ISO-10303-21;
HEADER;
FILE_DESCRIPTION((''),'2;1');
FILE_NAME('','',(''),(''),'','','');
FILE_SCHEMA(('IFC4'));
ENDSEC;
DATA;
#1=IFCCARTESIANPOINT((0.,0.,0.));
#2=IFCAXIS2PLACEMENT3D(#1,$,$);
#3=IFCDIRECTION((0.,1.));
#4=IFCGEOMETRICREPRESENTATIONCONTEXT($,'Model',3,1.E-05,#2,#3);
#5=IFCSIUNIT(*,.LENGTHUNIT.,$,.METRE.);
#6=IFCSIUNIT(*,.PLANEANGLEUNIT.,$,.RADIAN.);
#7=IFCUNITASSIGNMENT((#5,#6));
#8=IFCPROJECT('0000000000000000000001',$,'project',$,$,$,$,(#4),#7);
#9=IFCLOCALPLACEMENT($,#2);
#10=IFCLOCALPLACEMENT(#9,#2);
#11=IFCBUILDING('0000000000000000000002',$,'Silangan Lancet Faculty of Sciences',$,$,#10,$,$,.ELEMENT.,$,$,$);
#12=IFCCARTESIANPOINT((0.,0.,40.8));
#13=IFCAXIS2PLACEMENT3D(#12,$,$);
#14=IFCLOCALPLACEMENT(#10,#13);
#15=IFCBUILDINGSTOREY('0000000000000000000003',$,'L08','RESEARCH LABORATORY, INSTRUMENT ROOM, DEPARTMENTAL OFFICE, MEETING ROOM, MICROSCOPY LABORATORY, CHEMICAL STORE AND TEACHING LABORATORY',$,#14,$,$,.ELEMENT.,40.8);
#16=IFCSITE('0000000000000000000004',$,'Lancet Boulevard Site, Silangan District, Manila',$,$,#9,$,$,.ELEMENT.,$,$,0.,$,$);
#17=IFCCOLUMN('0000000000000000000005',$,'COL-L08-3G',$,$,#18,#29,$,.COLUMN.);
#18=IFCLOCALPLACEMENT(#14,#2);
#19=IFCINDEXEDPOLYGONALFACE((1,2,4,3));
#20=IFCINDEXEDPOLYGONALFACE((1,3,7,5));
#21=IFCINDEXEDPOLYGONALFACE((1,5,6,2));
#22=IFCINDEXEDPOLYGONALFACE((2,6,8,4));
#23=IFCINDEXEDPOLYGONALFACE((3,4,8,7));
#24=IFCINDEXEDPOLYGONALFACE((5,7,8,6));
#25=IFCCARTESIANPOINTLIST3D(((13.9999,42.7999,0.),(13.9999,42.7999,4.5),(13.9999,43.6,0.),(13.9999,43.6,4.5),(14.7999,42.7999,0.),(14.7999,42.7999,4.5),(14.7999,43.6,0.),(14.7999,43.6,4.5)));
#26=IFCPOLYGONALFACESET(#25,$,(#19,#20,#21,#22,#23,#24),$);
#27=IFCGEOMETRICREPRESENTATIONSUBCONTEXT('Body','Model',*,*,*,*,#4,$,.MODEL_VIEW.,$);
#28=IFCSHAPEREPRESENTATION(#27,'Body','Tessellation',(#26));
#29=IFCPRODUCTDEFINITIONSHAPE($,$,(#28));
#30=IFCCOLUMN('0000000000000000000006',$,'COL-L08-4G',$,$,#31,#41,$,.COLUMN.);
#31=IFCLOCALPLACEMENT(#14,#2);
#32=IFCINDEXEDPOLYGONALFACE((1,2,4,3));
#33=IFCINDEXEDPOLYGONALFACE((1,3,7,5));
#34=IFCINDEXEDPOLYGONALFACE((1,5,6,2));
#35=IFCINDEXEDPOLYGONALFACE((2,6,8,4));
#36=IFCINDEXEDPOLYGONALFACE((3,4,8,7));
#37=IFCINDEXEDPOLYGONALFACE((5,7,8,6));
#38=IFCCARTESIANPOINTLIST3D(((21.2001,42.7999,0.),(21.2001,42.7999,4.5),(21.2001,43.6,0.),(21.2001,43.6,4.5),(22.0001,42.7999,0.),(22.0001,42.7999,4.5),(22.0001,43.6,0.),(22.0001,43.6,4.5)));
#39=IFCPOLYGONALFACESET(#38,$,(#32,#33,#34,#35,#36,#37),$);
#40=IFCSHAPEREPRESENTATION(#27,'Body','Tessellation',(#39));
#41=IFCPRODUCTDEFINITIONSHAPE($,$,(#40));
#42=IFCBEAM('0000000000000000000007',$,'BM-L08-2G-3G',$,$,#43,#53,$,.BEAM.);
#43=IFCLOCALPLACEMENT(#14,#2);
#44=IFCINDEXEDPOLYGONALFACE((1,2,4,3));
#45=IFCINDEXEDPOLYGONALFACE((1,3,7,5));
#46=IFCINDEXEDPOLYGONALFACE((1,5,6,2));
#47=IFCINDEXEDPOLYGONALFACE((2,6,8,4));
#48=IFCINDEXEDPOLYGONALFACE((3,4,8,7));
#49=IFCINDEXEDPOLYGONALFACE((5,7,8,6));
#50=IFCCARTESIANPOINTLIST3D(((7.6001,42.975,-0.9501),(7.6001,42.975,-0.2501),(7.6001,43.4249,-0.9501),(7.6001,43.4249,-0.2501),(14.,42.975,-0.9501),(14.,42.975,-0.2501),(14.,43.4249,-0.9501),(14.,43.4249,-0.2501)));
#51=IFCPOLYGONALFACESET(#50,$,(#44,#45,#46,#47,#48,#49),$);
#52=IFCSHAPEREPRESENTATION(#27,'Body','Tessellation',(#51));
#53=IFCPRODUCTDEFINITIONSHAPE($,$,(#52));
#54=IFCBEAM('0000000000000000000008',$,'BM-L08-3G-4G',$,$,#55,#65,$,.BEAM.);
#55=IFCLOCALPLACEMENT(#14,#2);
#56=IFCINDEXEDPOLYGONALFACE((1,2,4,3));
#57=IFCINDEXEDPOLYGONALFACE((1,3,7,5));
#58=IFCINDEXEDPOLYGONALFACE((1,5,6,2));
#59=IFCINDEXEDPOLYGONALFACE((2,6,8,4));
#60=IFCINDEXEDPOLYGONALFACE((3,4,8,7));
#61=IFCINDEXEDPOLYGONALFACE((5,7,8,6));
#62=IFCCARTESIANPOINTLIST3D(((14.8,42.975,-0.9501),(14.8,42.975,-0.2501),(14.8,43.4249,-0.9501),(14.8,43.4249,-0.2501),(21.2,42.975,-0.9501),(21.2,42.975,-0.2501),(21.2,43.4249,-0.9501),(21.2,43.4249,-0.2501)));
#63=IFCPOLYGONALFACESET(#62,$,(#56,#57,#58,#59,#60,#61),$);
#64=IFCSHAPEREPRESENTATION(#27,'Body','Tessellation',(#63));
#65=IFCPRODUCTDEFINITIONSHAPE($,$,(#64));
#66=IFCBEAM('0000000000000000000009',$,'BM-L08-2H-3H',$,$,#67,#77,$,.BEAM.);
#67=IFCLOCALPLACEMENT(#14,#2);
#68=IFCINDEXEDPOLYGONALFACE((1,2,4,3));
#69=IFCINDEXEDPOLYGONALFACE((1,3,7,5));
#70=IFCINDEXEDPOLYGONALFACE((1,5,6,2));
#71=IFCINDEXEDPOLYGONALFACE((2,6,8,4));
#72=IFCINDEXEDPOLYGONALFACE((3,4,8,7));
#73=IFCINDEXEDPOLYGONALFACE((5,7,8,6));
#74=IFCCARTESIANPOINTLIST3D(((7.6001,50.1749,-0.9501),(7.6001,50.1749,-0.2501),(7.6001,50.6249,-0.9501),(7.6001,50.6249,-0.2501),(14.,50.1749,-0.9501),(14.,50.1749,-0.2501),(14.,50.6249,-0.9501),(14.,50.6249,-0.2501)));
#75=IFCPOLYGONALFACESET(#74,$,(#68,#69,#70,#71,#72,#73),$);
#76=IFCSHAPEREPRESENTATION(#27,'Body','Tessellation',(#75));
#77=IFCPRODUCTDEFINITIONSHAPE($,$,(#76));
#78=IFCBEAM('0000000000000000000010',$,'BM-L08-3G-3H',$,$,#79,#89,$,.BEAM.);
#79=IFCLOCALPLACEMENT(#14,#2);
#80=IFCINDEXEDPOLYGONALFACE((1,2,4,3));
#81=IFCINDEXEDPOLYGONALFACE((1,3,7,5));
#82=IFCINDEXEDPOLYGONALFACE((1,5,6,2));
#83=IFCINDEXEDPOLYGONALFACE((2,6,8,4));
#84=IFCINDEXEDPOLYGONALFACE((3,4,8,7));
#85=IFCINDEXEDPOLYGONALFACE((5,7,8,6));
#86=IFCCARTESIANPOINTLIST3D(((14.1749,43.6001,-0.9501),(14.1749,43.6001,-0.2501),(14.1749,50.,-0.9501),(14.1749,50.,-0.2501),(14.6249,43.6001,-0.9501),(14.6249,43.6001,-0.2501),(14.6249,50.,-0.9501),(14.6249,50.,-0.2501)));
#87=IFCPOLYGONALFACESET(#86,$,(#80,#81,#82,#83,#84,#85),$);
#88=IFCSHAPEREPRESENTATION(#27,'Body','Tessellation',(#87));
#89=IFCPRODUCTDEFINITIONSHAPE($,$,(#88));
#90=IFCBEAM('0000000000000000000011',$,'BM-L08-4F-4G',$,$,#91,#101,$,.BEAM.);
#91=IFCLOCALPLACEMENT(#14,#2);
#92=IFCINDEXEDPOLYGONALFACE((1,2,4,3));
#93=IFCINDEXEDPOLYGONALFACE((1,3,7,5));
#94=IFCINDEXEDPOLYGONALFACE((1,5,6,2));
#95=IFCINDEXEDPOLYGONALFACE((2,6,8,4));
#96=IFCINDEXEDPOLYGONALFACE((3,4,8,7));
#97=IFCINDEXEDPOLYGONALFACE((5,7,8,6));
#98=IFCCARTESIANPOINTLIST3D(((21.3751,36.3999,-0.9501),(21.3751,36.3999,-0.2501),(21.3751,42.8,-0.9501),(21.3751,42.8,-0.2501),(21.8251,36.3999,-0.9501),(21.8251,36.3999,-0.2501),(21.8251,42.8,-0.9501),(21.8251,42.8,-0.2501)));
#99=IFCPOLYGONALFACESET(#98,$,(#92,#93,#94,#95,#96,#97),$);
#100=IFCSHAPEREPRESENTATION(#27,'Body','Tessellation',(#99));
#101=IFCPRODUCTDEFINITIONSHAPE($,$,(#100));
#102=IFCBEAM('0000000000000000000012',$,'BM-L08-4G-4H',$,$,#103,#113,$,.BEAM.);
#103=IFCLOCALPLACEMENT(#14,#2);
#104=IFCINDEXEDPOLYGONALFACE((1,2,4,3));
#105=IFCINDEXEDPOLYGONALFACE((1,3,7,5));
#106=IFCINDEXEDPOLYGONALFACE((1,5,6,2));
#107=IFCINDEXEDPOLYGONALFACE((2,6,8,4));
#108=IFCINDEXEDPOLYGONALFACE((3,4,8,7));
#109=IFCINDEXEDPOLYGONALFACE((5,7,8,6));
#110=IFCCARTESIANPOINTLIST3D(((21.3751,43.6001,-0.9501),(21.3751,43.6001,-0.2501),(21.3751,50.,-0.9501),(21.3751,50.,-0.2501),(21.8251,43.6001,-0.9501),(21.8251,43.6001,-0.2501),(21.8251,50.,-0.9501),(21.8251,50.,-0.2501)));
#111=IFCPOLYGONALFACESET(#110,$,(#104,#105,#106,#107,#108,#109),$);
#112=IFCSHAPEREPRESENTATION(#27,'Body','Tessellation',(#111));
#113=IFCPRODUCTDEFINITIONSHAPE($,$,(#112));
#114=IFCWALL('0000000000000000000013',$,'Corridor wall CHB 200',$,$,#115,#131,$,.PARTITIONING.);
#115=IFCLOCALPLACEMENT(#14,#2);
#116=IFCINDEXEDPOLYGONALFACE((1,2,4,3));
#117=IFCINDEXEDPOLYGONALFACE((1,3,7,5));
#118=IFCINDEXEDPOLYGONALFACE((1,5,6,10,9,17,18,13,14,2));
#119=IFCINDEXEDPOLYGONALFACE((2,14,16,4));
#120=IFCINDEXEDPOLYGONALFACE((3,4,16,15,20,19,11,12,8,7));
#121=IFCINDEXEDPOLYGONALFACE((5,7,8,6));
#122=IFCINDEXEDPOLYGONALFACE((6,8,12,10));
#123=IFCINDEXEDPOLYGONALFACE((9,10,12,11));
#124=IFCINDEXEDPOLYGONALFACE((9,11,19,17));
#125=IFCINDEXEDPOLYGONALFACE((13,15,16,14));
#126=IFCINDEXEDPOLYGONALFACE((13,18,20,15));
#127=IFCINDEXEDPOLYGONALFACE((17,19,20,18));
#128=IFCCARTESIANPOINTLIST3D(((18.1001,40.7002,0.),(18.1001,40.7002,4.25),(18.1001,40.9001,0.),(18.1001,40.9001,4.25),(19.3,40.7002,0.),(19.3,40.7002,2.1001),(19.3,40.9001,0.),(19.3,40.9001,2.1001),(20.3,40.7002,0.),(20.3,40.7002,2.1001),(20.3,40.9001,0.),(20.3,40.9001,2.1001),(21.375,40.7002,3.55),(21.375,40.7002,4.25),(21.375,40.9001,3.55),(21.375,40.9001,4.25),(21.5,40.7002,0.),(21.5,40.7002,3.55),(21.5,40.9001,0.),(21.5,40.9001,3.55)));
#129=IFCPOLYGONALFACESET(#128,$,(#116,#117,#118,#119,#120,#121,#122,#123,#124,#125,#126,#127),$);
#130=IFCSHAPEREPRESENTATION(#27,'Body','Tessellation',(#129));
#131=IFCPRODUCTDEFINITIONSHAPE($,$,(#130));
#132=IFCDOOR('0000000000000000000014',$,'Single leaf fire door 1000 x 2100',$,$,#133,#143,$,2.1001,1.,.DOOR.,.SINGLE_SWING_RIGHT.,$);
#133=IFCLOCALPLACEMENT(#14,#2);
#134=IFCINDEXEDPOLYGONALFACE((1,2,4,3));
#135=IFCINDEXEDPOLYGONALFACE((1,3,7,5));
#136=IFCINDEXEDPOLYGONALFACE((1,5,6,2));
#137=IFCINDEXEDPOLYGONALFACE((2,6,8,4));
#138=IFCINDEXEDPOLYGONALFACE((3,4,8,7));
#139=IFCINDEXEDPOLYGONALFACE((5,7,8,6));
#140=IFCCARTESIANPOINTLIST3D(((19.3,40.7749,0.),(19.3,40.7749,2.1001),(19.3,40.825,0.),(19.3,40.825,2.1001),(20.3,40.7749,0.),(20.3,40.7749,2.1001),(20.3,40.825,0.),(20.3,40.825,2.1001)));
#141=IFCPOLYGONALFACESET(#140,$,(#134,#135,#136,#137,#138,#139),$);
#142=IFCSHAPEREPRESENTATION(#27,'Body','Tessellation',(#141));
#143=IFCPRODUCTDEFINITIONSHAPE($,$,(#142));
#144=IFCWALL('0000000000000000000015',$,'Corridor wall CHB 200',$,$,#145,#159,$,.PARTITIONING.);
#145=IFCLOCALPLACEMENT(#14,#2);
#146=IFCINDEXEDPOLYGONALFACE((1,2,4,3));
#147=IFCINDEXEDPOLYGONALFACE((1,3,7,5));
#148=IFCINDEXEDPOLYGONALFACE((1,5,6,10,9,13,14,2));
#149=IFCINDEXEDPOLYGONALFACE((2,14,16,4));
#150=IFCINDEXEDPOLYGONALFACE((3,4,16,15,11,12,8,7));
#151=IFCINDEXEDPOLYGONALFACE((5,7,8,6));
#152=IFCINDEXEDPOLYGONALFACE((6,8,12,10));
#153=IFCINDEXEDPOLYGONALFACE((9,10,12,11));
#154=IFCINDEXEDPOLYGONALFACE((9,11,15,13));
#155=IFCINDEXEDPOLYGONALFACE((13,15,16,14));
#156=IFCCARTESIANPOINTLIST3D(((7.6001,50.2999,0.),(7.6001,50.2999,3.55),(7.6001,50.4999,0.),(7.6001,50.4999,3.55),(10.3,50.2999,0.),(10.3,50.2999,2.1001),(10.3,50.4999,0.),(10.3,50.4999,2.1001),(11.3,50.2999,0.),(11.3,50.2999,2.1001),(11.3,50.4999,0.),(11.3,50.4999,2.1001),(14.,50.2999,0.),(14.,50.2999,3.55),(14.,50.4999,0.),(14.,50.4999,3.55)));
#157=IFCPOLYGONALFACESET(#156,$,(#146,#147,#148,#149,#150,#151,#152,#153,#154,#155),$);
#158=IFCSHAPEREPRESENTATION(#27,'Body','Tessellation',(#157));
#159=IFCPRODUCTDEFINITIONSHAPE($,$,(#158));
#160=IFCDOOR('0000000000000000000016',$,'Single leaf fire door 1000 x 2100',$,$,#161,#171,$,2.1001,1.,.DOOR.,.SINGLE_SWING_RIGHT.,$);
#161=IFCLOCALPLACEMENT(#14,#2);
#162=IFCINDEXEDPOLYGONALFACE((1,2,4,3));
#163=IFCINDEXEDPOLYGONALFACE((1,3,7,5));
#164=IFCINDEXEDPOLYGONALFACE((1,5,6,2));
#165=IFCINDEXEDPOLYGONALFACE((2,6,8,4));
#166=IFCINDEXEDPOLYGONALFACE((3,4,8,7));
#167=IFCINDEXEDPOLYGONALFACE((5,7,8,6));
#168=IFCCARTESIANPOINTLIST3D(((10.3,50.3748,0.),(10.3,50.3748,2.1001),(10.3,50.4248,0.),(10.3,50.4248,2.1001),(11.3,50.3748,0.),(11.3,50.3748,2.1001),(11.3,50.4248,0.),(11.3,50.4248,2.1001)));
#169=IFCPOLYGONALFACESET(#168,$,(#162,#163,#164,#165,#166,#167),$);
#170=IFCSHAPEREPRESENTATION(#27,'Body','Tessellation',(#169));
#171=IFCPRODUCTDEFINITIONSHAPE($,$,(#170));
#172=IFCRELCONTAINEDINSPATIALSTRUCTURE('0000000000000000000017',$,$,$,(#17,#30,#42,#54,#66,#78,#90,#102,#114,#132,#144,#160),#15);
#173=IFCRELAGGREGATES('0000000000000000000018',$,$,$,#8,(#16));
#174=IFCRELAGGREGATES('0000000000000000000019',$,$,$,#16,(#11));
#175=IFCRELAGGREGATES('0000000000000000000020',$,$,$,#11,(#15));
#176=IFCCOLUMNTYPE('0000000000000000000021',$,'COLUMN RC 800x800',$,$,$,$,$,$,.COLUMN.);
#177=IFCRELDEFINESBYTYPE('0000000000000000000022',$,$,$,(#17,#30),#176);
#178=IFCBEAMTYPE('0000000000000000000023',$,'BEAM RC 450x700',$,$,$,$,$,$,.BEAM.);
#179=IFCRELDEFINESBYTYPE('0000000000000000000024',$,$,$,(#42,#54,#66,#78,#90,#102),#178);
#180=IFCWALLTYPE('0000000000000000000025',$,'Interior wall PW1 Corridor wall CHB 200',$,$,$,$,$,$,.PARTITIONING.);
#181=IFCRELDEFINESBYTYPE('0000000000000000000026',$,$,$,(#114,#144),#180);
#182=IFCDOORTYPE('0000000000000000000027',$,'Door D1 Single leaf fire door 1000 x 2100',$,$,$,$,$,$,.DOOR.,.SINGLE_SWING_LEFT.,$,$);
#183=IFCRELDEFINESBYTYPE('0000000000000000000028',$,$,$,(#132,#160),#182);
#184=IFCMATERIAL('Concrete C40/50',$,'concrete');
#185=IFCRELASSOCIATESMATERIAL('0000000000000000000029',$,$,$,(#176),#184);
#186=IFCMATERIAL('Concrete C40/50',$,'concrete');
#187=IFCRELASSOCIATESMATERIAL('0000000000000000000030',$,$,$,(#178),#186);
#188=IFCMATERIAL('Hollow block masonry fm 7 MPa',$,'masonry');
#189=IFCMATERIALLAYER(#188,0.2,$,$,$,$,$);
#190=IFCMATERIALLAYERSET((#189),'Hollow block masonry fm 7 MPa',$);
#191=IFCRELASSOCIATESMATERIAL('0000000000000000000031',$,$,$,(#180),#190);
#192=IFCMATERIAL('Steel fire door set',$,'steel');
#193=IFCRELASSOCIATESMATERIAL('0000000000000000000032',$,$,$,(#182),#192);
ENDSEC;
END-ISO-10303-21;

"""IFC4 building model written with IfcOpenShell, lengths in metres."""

from ifc_helpers import new_model, si_unit, direction, frame, frame_2d, origin, origin_2d, place, context, subcontext, project, spatial, polyline, rectangle, outline, extrude, material, layer, layer_set, material_profile, profile_set, type_object, element, fill, save


model = new_model("IFC4")

# Units and contexts
model_context = context("Model", 3, precision=1e-05, world=origin(), true_north=direction((0.0, 1.0)))
body_context = subcontext(model_context, "Body", "Model", "MODEL_VIEW")
ifc_project = project(units=[si_unit("LENGTHUNIT", "METRE"), si_unit("PLANEANGLEUNIT", "RADIAN")], contexts=[model_context])

# Site, building, storey
site_placement = place(None, origin())
site = spatial("IfcSite", under=ifc_project, at=site_placement, Name="Lancet Boulevard Site, Silangan District, Manila", CompositionType="ELEMENT", RefElevation=0.0)
building_placement = place(site_placement, origin())
building = spatial("IfcBuilding", under=site, at=building_placement, Name="Silangan Lancet Faculty of Sciences", CompositionType="ELEMENT")
storey_placement = place(building_placement, frame((0.0, 0.0, 40.8)))
storey = spatial("IfcBuildingStorey", under=building, at=storey_placement, Name="L08", Description="RESEARCH LABORATORY, INSTRUMENT ROOM, DEPARTMENTAL OFFICE, MEETING ROOM, MICROSCOPY LABORATORY, CHEMICAL STORE AND TEACHING LABORATORY", CompositionType="ELEMENT", Elevation=40.8)

# Columns
ifc_material_1 = material(Name="Concrete C40/50", Category="concrete")
ifc_material_profile_1 = material_profile(ifc_material_1, rectangle(XDim=0.8, YDim=0.8, at=origin_2d()), Name="RC 800x800")
ifc_profile_set_1 = profile_set([ifc_material_profile_1], Name="Concrete C40/50")
column_type = type_object("IfcColumnType", Name="COLUMN RC 800x800", PredefinedType="COLUMN", material=ifc_profile_set_1)
for number, where, z_axis, x_axis, name in (
    (1, (14.3999, 43.2, 0.0), (0.0, 0.0, 1.0), (1.0, 0.0, 0.0), "COL-L08-3G"),
    (2, (21.6001, 43.2, 0.0), (0.0, 0.0, 1.0), (1.0, 0.0, 0.0), "COL-L08-4G"),
):
    element("IfcColumn", number, at=place(storey_placement, frame(where, z_axis=z_axis, x_axis=x_axis)), inside=storey, type_object=column_type, Name=name, PredefinedType="COLUMN", context=body_context, shape_type="SweptSolid", body=[
        extrude(rectangle(XDim=0.8, YDim=0.8, at=origin_2d()), origin(), (0.0, 0.0, 1.0), 4.5),
    ])

# Beams
ifc_material_2 = material(Name="Concrete C40/50", Category="concrete")
ifc_material_profile_2 = material_profile(ifc_material_2, rectangle(XDim=0.45, YDim=0.7, at=origin_2d()), Name="RC 450x700")
ifc_profile_set_2 = profile_set([ifc_material_profile_2], Name="Concrete C40/50")
beam_type = type_object("IfcBeamType", Name="BEAM RC 450x700", PredefinedType="BEAM", material=ifc_profile_set_2)
for number, where, z_axis, x_axis, name in (
    (3, (7.6001, 43.2, -0.6001), (1.0, 0.0, 0.0), (0.0, 1.0, 0.0), "BM-L08-2G-3G"),
    (4, (14.8, 43.2, -0.6001), (1.0, 0.0, 0.0), (0.0, 1.0, 0.0), "BM-L08-3G-4G"),
    (5, (7.6001, 50.3999, -0.6001), (1.0, 0.0, 0.0), (0.0, 1.0, 0.0), "BM-L08-2H-3H"),
    (6, (14.3999, 43.6001, -0.6001), (0.0, 1.0, 0.0), (-1.0, 0.0, 0.0), "BM-L08-3G-3H"),
):
    element("IfcBeam", number, at=place(storey_placement, frame(where, z_axis=z_axis, x_axis=x_axis)), inside=storey, type_object=beam_type, Name=name, PredefinedType="BEAM", context=body_context, shape_type="SweptSolid", body=[
        extrude(rectangle(XDim=0.45, YDim=0.7, at=origin_2d()), origin(), (0.0, 0.0, 1.0), 6.3999),
    ])
beam_1_placement = place(storey_placement, frame((21.6001, 36.3999, -0.6001), z_axis=(0.0, 1.0, 0.0), x_axis=(-1.0, 0.0, 0.0)))
element("IfcBeam", 7, at=beam_1_placement, inside=storey, type_object=beam_type, Name="BM-L08-4F-4G", PredefinedType="BEAM", context=body_context, shape_type="SweptSolid", body=[
    extrude(rectangle(XDim=0.45, YDim=0.7, at=origin_2d()), origin(), (0.0, 0.0, 1.0), 6.4001),
])
beam_2_placement = place(storey_placement, frame((21.6001, 43.6001, -0.6001), z_axis=(0.0, 1.0, 0.0), x_axis=(-1.0, 0.0, 0.0)))
element("IfcBeam", 8, at=beam_2_placement, inside=storey, type_object=beam_type, Name="BM-L08-4G-4H", PredefinedType="BEAM", context=body_context, shape_type="SweptSolid", body=[
    extrude(rectangle(XDim=0.45, YDim=0.7, at=origin_2d()), origin(), (0.0, 0.0, 1.0), 6.3999),
])

# Walls, openings, doors
ifc_material_3 = material(Name="Hollow block masonry fm 7 MPa", Category="masonry")
ifc_layer_1 = layer(ifc_material_3, 0.2)
ifc_layer_set_1 = layer_set([ifc_layer_1], Name="Hollow block masonry fm 7 MPa")
wall_type_1 = type_object("IfcWallType", Name="Interior wall PW1 Corridor wall CHB 200", PredefinedType="PARTITIONING", material=ifc_layer_set_1)
wall_1_placement = place(storey_placement, frame((18.1001, 40.8, 0.0), z_axis=(0.0, 0.0, 1.0), x_axis=(1.0, 0.0, 0.0)))
wall_1 = element("IfcWall", 9, at=wall_1_placement, inside=storey, type_object=wall_type_1, Name="Corridor wall CHB 200", PredefinedType="PARTITIONING", context=body_context, shape_type="SweptSolid", body=[
    extrude(outline(polyline([(0.0, 0.0), (3.3999, 0.0), (3.3999, 3.55), (3.2749, 3.55), (3.2749, 4.25), (0.0, 4.25), (0.0, 0.0)])), frame((0.0, 0.1001, 0.0), z_axis=(0.0, -1.0, 0.0), x_axis=(1.0, 0.0, 0.0)), (0.0, 0.0, 1.0), 0.2),
])
opening_1_placement = place(wall_1_placement, frame((1.2, 0.0, 0.0)))
opening_1 = element("IfcOpeningElement", 10, at=opening_1_placement, cuts=wall_1, PredefinedType="OPENING", context=body_context, shape_type="SweptSolid", body=[
    extrude(rectangle(XDim=1.0, YDim=2.1001, at=frame_2d((0.5, 1.05))), frame((0.0, 0.1099, 0.0), z_axis=(0.0, -1.0, 0.0), x_axis=(1.0, 0.0, 0.0)), (0.0, 0.0, 1.0), 0.22),
])
ifc_material_4 = material(Name="Steel fire door set", Category="steel")
door_type_1 = type_object("IfcDoorType", Name="Door D1 Single leaf fire door 1000 x 2100", OperationType="SINGLE_SWING_LEFT", PredefinedType="DOOR", material=ifc_material_4)
door_1_placement = place(opening_1_placement, frame((1.0, 0.0, 0.0), z_axis=(0.0, 0.0, 1.0), x_axis=(-1.0, 0.0, 0.0)))
door_1 = element("IfcDoor", 11, at=door_1_placement, inside=storey, type_object=door_type_1, Name="Single leaf fire door 1000 x 2100", OperationType="SINGLE_SWING_RIGHT", OverallHeight=2.1001, OverallWidth=1.0, PredefinedType="DOOR", context=body_context, shape_type="SweptSolid", body=[
    extrude(rectangle(XDim=1.0, YDim=2.1001, at=frame_2d((0.5, 1.05))), frame((0.0, 0.0251, 0.0), z_axis=(0.0, -1.0, 0.0), x_axis=(1.0, 0.0, 0.0)), (0.0, 0.0, 1.0), 0.05),
])
fill(opening_1, door_1)
wall_2_placement = place(storey_placement, frame((7.6001, 50.3999, 0.0), z_axis=(0.0, 0.0, 1.0), x_axis=(1.0, 0.0, 0.0)))
wall_2 = element("IfcWall", 12, at=wall_2_placement, inside=storey, type_object=wall_type_1, Name="Corridor wall CHB 200", PredefinedType="PARTITIONING", context=body_context, shape_type="SweptSolid", body=[
    extrude(rectangle(XDim=6.3999, YDim=0.2, at=frame_2d((3.2, 0.0))), origin(), (0.0, 0.0, 1.0), 3.55),
])
opening_2_placement = place(wall_2_placement, frame((2.7, 0.0, 0.0)))
opening_2 = element("IfcOpeningElement", 13, at=opening_2_placement, cuts=wall_2, PredefinedType="OPENING", context=body_context, shape_type="SweptSolid", body=[
    extrude(rectangle(XDim=1.0, YDim=2.1001, at=frame_2d((0.5, 1.05))), frame((0.0, 0.1099, 0.0), z_axis=(0.0, -1.0, 0.0), x_axis=(1.0, 0.0, 0.0)), (0.0, 0.0, 1.0), 0.22),
])
door_2_placement = place(opening_2_placement, origin())
door_2 = element("IfcDoor", 14, at=door_2_placement, inside=storey, type_object=door_type_1, Name="Single leaf fire door 1000 x 2100", OperationType="SINGLE_SWING_RIGHT", OverallHeight=2.1001, OverallWidth=1.0, PredefinedType="DOOR", context=body_context, shape_type="SweptSolid", body=[
    extrude(rectangle(XDim=1.0, YDim=2.1001, at=frame_2d((0.5, 1.05))), frame((0.0, 0.0249, 0.0), z_axis=(0.0, -1.0, 0.0), x_axis=(1.0, 0.0, 0.0)), (0.0, 0.0, 1.0), 0.05),
])
fill(opening_2, door_2)

save(model, "model.ifc")
